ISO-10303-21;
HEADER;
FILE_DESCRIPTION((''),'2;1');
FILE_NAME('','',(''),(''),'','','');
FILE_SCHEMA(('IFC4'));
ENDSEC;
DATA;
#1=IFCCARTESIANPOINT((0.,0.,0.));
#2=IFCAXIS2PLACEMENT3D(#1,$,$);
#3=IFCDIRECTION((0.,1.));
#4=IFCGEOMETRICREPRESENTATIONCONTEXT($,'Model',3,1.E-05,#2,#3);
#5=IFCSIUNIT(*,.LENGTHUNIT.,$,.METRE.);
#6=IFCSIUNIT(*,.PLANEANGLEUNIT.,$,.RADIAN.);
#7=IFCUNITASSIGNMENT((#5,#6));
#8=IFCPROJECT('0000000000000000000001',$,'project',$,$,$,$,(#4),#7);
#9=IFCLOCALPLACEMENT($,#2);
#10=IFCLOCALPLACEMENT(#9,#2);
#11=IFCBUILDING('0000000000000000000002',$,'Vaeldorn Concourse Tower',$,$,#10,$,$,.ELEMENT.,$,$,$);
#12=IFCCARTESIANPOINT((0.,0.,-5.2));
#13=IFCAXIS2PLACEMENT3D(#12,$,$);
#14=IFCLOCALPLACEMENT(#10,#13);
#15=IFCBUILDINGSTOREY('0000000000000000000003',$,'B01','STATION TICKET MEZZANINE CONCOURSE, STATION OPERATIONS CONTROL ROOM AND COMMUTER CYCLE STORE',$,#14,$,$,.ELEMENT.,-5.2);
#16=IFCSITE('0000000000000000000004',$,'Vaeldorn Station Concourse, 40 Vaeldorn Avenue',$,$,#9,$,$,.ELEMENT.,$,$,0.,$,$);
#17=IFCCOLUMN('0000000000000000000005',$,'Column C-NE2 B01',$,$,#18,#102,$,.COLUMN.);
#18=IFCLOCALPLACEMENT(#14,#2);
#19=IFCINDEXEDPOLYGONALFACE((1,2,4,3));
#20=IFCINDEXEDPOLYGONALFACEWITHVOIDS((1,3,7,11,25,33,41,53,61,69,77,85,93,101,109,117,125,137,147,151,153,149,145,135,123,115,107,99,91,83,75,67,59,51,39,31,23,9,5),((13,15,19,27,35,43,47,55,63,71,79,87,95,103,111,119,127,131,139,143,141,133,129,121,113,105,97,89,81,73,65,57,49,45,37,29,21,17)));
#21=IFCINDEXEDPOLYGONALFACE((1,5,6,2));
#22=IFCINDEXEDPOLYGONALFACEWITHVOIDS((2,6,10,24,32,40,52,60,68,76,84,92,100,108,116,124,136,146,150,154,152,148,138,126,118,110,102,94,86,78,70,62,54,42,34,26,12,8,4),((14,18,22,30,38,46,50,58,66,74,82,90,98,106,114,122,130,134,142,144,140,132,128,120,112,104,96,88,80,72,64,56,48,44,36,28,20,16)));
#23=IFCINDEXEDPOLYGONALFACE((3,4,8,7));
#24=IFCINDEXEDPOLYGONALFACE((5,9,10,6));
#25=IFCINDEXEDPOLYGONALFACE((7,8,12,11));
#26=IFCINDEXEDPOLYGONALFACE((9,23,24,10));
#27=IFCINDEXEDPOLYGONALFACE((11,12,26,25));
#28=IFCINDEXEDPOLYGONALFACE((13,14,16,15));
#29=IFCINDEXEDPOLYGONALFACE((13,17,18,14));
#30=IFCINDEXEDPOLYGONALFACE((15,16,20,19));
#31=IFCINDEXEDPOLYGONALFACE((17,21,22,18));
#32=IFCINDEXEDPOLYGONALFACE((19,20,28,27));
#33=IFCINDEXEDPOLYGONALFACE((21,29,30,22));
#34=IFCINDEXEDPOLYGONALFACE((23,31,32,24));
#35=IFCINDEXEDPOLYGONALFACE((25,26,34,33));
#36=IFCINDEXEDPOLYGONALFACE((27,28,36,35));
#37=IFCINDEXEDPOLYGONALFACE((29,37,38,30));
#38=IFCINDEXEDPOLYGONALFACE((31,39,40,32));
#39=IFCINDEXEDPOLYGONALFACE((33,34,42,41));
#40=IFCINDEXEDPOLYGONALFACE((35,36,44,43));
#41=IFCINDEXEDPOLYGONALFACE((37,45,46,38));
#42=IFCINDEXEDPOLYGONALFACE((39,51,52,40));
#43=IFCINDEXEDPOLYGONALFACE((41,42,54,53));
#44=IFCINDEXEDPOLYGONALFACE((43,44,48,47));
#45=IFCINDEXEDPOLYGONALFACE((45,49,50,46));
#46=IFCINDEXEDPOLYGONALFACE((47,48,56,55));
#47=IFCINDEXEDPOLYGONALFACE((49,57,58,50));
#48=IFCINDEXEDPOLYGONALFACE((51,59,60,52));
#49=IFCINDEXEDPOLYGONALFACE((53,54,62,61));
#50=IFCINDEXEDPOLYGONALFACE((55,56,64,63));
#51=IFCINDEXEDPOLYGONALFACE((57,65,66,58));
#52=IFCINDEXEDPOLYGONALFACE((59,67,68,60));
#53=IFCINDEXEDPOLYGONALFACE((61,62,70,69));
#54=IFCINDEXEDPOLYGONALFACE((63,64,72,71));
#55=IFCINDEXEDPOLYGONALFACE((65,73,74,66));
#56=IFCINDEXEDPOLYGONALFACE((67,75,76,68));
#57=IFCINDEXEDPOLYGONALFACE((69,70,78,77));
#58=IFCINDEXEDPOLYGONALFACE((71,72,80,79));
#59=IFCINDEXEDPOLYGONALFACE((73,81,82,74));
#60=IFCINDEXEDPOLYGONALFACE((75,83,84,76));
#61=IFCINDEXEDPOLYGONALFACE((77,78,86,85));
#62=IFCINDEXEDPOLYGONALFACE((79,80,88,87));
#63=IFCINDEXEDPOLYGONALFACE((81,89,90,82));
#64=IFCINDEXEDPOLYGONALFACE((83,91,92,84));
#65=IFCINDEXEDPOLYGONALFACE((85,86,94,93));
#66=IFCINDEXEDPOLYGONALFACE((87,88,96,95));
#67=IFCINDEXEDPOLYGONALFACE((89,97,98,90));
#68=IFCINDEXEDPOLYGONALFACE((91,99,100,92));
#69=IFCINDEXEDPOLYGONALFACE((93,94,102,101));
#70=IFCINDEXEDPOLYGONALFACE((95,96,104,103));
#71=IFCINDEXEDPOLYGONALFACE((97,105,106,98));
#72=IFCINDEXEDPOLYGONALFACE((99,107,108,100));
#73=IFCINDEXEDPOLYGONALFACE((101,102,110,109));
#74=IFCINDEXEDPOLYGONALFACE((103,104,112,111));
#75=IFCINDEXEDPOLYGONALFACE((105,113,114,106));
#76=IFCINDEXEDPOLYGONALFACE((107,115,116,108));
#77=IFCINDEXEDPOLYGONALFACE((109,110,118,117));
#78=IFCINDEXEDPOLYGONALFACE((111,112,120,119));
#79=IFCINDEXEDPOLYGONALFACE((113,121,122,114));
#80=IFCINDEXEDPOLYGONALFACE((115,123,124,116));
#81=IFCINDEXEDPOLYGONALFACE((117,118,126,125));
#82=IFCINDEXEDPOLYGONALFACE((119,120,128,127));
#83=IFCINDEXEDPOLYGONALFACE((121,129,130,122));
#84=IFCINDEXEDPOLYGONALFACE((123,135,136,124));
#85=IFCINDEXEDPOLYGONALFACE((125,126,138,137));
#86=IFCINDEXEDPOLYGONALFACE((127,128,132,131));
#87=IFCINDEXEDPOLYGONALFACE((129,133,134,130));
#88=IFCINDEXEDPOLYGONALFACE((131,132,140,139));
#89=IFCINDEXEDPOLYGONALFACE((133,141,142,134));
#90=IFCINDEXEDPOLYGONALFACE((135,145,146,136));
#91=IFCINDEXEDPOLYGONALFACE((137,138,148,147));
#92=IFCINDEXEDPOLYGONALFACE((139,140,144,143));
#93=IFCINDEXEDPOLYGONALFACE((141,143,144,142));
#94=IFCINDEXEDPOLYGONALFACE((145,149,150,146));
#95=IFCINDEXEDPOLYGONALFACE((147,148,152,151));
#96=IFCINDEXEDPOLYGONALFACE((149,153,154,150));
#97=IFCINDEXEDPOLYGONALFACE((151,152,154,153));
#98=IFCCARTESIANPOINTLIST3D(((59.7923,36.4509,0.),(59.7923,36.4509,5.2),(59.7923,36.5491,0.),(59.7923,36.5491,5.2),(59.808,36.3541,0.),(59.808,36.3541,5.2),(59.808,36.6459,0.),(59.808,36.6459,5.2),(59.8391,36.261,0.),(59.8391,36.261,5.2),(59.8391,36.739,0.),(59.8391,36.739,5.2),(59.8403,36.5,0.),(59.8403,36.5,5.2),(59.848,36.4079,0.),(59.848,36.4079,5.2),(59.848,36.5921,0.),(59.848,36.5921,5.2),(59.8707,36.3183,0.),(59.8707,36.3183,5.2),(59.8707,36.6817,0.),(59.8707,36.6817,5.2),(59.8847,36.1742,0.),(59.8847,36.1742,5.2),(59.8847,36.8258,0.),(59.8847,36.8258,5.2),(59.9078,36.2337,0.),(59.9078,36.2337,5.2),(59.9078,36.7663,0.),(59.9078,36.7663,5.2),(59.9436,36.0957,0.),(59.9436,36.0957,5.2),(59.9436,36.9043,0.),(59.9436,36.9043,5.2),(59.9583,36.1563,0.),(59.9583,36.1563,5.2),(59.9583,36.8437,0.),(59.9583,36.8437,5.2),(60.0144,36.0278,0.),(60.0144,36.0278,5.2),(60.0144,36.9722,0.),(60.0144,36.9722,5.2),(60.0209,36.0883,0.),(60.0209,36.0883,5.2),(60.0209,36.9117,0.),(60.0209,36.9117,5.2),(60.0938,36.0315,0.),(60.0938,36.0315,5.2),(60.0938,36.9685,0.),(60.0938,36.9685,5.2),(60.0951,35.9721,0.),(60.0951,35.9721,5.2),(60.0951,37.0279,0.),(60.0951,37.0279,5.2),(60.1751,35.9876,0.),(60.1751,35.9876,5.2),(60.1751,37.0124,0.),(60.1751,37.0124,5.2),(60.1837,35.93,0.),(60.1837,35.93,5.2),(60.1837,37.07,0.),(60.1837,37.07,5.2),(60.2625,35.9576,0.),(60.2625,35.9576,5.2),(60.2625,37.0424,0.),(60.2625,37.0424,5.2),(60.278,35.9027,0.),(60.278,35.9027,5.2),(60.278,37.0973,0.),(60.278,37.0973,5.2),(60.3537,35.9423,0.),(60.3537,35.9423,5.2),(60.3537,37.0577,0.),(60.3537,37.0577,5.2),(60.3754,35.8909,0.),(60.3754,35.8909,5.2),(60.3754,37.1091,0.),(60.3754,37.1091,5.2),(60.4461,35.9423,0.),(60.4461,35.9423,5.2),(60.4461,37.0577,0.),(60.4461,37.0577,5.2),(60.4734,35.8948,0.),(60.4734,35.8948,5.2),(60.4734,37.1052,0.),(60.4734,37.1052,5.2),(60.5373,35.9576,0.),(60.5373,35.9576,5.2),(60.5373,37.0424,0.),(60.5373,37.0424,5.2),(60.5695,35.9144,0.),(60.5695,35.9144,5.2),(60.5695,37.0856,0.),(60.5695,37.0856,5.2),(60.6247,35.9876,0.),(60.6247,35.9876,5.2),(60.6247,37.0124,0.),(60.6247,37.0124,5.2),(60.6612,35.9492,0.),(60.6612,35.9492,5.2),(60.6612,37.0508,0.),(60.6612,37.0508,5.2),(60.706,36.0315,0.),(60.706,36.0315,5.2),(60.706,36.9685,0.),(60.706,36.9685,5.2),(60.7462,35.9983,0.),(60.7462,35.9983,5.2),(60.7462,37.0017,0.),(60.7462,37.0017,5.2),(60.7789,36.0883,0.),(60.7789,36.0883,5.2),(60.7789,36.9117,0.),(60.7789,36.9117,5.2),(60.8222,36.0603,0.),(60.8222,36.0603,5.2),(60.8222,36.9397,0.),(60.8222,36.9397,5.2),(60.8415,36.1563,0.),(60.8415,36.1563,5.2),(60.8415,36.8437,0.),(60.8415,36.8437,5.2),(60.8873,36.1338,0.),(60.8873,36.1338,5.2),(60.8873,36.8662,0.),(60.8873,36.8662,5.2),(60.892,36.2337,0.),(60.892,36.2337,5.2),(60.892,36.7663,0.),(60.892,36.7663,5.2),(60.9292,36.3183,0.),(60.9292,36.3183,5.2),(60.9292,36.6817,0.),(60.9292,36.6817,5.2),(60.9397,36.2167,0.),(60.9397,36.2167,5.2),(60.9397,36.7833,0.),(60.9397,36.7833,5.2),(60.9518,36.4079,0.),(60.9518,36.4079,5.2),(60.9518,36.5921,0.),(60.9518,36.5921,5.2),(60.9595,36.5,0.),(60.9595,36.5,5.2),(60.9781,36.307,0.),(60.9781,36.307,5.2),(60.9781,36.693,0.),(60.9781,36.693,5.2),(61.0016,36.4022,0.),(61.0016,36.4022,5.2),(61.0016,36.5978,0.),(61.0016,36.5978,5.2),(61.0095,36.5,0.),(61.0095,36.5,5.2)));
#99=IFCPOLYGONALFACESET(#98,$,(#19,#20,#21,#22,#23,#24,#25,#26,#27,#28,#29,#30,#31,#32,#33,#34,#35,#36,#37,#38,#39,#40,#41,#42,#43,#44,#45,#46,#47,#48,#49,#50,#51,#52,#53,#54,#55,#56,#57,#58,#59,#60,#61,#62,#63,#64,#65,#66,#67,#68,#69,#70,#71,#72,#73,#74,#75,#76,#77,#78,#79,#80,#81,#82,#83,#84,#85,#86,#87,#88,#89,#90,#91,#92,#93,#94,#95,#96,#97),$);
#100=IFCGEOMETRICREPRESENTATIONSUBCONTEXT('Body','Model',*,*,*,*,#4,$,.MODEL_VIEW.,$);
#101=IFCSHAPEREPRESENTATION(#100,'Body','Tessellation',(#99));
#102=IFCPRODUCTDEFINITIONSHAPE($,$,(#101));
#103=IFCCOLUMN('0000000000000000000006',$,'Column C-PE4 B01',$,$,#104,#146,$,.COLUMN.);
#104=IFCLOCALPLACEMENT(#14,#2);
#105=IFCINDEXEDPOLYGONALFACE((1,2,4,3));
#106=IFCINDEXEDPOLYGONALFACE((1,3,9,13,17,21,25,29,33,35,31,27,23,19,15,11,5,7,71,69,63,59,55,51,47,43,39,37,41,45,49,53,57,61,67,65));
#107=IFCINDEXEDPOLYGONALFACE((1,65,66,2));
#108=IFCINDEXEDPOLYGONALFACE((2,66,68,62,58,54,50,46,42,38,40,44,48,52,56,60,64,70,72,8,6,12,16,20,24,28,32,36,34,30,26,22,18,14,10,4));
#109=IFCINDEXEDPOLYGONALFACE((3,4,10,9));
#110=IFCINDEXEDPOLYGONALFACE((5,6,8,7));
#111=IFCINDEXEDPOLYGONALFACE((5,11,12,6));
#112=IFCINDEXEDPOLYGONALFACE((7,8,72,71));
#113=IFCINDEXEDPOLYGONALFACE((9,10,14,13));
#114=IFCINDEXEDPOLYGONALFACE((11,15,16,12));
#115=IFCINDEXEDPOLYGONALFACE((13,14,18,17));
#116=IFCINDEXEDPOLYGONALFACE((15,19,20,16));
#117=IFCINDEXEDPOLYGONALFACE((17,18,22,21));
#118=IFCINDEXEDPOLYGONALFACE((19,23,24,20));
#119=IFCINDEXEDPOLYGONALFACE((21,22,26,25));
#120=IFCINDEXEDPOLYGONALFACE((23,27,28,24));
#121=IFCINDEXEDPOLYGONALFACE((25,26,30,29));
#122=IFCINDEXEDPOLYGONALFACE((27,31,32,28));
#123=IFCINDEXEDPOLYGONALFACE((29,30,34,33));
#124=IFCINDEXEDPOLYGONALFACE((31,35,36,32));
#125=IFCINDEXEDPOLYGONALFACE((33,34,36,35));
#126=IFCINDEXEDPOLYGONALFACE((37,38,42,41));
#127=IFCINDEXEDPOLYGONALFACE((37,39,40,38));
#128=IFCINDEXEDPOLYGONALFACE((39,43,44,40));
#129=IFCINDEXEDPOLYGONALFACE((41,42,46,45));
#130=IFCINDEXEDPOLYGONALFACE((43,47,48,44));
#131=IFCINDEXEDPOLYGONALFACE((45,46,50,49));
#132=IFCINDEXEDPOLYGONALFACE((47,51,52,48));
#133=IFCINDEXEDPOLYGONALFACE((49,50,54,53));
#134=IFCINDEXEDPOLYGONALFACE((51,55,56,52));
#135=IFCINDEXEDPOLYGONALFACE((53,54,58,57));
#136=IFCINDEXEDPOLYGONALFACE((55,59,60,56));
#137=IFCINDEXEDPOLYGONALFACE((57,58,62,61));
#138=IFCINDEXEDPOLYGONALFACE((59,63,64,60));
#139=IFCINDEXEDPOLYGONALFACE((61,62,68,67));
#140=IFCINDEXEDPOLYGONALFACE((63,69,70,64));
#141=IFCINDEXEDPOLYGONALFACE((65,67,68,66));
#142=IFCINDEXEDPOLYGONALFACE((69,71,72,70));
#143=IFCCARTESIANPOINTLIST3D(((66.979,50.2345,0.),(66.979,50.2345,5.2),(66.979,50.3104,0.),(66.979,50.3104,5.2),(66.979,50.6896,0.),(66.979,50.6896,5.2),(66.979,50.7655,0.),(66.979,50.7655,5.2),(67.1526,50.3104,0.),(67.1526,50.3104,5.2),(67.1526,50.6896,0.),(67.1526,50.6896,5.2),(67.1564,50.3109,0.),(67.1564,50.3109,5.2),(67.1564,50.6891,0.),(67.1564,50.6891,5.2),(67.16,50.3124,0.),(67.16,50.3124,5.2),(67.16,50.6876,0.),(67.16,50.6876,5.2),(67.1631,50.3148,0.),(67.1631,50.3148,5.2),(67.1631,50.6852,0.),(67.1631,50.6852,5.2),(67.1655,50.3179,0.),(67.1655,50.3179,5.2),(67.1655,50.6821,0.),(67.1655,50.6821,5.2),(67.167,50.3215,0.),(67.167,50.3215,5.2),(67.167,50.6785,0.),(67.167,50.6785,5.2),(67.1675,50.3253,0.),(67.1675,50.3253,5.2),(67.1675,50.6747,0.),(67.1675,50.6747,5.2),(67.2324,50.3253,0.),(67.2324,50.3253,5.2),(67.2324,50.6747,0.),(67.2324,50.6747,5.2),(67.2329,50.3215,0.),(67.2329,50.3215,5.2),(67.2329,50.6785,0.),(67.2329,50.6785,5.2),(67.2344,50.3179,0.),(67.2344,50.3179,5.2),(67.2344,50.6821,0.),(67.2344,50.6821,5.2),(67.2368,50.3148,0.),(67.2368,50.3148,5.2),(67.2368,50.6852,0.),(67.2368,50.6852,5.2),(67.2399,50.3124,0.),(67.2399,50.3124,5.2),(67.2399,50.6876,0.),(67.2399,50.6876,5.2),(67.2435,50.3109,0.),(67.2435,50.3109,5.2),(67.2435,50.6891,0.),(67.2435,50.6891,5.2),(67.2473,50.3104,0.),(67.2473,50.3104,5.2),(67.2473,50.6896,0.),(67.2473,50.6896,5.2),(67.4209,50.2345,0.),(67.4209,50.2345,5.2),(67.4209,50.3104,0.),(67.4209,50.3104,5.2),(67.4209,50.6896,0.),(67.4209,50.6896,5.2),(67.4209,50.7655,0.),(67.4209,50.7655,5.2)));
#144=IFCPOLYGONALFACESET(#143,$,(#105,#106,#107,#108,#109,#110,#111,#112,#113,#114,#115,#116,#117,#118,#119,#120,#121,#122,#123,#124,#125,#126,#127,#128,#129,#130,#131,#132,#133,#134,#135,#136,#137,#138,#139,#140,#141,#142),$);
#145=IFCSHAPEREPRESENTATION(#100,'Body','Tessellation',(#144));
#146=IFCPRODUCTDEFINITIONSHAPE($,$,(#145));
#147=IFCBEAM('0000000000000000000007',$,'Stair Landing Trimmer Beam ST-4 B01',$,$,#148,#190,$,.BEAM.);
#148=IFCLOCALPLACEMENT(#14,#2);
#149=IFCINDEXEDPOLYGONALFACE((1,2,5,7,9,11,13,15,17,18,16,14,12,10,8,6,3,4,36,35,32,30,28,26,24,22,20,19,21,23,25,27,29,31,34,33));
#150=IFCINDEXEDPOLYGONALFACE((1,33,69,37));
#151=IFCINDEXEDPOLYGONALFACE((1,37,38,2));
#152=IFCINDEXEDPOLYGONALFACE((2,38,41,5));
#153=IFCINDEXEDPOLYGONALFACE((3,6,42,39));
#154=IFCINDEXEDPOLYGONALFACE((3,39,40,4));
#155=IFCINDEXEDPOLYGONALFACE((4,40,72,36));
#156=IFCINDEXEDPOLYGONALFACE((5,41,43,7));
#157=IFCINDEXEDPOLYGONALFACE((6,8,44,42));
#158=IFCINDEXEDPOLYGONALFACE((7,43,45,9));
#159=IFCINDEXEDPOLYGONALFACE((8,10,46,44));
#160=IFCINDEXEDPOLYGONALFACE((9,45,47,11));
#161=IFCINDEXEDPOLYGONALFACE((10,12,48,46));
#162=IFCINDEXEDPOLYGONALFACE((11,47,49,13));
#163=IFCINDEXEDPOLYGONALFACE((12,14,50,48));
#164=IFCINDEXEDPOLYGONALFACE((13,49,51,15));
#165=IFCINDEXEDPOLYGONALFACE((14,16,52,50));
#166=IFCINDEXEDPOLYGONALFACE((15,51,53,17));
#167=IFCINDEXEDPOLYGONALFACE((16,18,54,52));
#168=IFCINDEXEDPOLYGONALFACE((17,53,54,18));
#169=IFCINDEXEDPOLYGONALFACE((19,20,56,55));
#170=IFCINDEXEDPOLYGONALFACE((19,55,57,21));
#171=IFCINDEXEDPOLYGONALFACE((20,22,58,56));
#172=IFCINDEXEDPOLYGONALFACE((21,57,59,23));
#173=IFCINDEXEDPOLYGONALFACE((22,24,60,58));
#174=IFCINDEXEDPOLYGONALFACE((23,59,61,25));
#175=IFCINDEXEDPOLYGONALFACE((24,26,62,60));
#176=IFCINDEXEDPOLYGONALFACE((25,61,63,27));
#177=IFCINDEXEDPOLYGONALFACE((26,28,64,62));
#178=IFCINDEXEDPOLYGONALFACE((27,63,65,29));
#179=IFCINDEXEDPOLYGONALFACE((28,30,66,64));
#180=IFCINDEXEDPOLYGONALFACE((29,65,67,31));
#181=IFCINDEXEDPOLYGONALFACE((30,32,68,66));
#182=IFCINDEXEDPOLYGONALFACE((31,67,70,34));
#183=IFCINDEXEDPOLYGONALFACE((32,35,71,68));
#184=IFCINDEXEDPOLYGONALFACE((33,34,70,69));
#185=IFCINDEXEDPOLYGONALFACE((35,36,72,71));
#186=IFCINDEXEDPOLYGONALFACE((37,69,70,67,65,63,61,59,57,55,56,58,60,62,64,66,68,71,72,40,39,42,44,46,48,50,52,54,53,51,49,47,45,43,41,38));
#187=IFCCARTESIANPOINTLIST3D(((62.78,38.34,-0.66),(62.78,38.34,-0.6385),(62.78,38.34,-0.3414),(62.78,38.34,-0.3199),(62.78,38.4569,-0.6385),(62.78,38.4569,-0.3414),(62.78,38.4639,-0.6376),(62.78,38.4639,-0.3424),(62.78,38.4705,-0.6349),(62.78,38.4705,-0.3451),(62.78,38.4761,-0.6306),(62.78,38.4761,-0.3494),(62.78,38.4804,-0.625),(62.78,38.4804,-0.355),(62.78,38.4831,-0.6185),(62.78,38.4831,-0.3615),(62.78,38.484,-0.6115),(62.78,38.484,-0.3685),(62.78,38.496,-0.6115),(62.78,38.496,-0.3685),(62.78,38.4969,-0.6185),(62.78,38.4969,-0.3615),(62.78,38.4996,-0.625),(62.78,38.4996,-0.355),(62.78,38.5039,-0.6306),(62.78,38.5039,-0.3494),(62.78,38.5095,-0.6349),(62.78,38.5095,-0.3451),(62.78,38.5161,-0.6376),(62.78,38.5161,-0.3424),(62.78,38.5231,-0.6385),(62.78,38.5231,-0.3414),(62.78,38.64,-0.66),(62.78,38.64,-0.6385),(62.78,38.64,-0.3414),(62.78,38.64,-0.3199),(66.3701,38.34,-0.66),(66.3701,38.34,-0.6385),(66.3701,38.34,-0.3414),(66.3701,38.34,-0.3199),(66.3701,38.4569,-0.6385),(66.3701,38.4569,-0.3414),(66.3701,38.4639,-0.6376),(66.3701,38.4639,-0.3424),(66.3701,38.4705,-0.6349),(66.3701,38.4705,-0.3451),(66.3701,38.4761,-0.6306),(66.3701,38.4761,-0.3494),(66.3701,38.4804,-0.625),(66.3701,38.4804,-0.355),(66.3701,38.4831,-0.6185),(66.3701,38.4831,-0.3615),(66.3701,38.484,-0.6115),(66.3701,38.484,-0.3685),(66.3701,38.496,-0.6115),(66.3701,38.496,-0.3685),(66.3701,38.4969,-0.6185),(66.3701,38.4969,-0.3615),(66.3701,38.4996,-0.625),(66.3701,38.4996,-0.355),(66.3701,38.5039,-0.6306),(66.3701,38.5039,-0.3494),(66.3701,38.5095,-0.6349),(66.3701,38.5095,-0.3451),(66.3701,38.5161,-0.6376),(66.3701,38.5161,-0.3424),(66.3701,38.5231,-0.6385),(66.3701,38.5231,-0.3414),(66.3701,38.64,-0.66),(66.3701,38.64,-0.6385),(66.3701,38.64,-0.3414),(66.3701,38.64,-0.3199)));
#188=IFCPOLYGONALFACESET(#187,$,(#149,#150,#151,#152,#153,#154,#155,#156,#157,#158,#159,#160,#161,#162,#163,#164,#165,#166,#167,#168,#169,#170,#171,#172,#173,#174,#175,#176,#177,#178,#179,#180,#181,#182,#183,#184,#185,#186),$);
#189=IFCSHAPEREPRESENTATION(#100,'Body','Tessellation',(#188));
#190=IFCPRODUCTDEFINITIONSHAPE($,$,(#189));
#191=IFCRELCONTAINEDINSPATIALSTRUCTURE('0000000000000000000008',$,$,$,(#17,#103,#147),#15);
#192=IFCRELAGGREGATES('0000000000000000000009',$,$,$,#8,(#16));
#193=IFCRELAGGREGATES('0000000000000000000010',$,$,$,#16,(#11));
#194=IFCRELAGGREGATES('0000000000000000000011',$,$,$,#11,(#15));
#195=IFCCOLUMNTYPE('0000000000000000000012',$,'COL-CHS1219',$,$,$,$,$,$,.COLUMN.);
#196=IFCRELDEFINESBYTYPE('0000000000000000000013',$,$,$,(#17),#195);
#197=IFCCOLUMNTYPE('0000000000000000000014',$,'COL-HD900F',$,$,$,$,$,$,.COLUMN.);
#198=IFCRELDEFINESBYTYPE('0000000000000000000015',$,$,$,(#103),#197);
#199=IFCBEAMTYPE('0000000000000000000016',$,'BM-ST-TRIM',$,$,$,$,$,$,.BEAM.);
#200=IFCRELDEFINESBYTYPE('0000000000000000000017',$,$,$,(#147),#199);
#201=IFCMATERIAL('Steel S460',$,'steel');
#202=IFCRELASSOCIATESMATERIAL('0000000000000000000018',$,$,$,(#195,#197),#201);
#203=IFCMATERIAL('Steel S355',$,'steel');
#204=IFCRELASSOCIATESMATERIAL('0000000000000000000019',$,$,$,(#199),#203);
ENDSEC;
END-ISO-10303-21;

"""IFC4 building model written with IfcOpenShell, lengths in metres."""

from ifc_helpers import new_model, si_unit, direction, frame, origin, origin_2d, place, context, subcontext, project, spatial, hollow_circle, i_section, extrude, source, transform, mapped, material, material_profile, profile_set, type_object, element, save


model = new_model("IFC4")

# Units and contexts
model_context = context("Model", 3, precision=1e-05, world=origin(), true_north=direction((0.0, 1.0)))
body_context = subcontext(model_context, "Body", "Model", "MODEL_VIEW")
ifc_project = project(units=[si_unit("LENGTHUNIT", "METRE"), si_unit("PLANEANGLEUNIT", "RADIAN")], contexts=[model_context])

# Site, building, storey
site_placement = place(None, origin())
site = spatial("IfcSite", under=ifc_project, at=site_placement, Name="Vaeldorn Station Concourse, 40 Vaeldorn Avenue", CompositionType="ELEMENT", RefElevation=0.0)
building_placement = place(site_placement, origin())
building = spatial("IfcBuilding", under=site, at=building_placement, Name="Vaeldorn Concourse Tower", CompositionType="ELEMENT")
storey_placement = place(building_placement, frame((0.0, 0.0, -5.2)))
storey = spatial("IfcBuildingStorey", under=building, at=storey_placement, Name="B01", Description="STATION TICKET MEZZANINE CONCOURSE, STATION OPERATIONS CONTROL ROOM AND COMMUTER CYCLE STORE", CompositionType="ELEMENT", Elevation=-5.2)

# Columns
ifc_material_1 = material(Name="Steel S460", Category="steel")
ifc_material_profile_1 = material_profile(ifc_material_1, hollow_circle(Radius=0.6096, WallThickness=0.05, at=origin_2d()), Name="CHS 1219x50")
ifc_profile_set_1 = profile_set([ifc_material_profile_1], Name="Steel S460")
column_type_1 = type_object("IfcColumnType", Name="COL-CHS1219", PredefinedType="COLUMN", material=ifc_profile_set_1)
shared_shape_1 = source(origin(), body_context, "Body", "SweptSolid", [
    extrude(hollow_circle(Radius=0.6096, WallThickness=0.05, at=origin_2d()), origin(), (0.0, 0.0, 1.0), 5.2),
])
for number, where, z_axis, x_axis, name in (
    (1, (60.3999, 36.5, 0.0), (0.0, 0.0, 1.0), (1.0, 0.0, 0.0), "Column C-NE2 B01"),
):
    element("IfcColumn", number, at=place(storey_placement, frame(where, z_axis=z_axis, x_axis=x_axis)), inside=storey, type_object=column_type_1, Name=name, PredefinedType="COLUMN", context=body_context, shape_type="MappedRepresentation", body=[
        mapped(shared_shape_1, transform((0.0, 0.0, 0.0), scale=1.0)),
    ])
ifc_material_profile_2 = material_profile(ifc_material_1, i_section(OverallWidth=0.4419, OverallDepth=0.531, WebThickness=0.0649, FlangeThickness=0.0759, FilletRadius=0.0149, at=origin_2d()), Name="HD 400x900")
ifc_profile_set_2 = profile_set([ifc_material_profile_2], Name="Steel S460")
column_type_2 = type_object("IfcColumnType", Name="COL-HD900F", PredefinedType="COLUMN", material=ifc_profile_set_2)
shared_shape_2 = source(origin(), body_context, "Body", "SweptSolid", [
    extrude(i_section(OverallWidth=0.4419, OverallDepth=0.531, WebThickness=0.0649, FlangeThickness=0.0759, FilletRadius=0.0149, at=origin_2d()), origin(), (0.0, 0.0, 1.0), 5.2),
])
column_1_placement = place(storey_placement, frame((67.2, 50.5, 0.0), z_axis=(0.0, 0.0, 1.0), x_axis=(1.0, 0.0, 0.0)))
element("IfcColumn", 2, at=column_1_placement, inside=storey, type_object=column_type_2, Name="Column C-PE4 B01", PredefinedType="COLUMN", context=body_context, shape_type="MappedRepresentation", body=[
    mapped(shared_shape_2, transform((0.0, 0.0, 0.0), scale=1.0)),
])

# Beam
ifc_material_2 = material(Name="Steel S355", Category="steel")
ifc_material_profile_3 = material_profile(ifc_material_2, i_section(OverallWidth=0.3, OverallDepth=0.3401, WebThickness=0.012, FlangeThickness=0.0215, FilletRadius=0.0271, at=origin_2d()), Name="HEB 340")
ifc_profile_set_3 = profile_set([ifc_material_profile_3], Name="Steel S355")
beam_type_1 = type_object("IfcBeamType", Name="BM-ST-TRIM", PredefinedType="BEAM", material=ifc_profile_set_3)
shared_shape_3 = source(origin(), body_context, "Body", "SweptSolid", [
    extrude(i_section(OverallWidth=0.3, OverallDepth=0.3401, WebThickness=0.012, FlangeThickness=0.0215, FilletRadius=0.0271, at=origin_2d()), origin(), (0.0, 0.0, 1.0), 3.5901),
])
beam_1_placement = place(storey_placement, frame((62.78, 38.49, -0.49), z_axis=(1.0, 0.0, 0.0), x_axis=(0.0, 1.0, 0.0)))
element("IfcBeam", 3, at=beam_1_placement, inside=storey, type_object=beam_type_1, Name="Stair Landing Trimmer Beam ST-4 B01", PredefinedType="BEAM", context=body_context, shape_type="MappedRepresentation", body=[
    mapped(shared_shape_3, transform((0.0, 0.0, 0.0), scale=1.0)),
])

save(model, "model.ifc")
